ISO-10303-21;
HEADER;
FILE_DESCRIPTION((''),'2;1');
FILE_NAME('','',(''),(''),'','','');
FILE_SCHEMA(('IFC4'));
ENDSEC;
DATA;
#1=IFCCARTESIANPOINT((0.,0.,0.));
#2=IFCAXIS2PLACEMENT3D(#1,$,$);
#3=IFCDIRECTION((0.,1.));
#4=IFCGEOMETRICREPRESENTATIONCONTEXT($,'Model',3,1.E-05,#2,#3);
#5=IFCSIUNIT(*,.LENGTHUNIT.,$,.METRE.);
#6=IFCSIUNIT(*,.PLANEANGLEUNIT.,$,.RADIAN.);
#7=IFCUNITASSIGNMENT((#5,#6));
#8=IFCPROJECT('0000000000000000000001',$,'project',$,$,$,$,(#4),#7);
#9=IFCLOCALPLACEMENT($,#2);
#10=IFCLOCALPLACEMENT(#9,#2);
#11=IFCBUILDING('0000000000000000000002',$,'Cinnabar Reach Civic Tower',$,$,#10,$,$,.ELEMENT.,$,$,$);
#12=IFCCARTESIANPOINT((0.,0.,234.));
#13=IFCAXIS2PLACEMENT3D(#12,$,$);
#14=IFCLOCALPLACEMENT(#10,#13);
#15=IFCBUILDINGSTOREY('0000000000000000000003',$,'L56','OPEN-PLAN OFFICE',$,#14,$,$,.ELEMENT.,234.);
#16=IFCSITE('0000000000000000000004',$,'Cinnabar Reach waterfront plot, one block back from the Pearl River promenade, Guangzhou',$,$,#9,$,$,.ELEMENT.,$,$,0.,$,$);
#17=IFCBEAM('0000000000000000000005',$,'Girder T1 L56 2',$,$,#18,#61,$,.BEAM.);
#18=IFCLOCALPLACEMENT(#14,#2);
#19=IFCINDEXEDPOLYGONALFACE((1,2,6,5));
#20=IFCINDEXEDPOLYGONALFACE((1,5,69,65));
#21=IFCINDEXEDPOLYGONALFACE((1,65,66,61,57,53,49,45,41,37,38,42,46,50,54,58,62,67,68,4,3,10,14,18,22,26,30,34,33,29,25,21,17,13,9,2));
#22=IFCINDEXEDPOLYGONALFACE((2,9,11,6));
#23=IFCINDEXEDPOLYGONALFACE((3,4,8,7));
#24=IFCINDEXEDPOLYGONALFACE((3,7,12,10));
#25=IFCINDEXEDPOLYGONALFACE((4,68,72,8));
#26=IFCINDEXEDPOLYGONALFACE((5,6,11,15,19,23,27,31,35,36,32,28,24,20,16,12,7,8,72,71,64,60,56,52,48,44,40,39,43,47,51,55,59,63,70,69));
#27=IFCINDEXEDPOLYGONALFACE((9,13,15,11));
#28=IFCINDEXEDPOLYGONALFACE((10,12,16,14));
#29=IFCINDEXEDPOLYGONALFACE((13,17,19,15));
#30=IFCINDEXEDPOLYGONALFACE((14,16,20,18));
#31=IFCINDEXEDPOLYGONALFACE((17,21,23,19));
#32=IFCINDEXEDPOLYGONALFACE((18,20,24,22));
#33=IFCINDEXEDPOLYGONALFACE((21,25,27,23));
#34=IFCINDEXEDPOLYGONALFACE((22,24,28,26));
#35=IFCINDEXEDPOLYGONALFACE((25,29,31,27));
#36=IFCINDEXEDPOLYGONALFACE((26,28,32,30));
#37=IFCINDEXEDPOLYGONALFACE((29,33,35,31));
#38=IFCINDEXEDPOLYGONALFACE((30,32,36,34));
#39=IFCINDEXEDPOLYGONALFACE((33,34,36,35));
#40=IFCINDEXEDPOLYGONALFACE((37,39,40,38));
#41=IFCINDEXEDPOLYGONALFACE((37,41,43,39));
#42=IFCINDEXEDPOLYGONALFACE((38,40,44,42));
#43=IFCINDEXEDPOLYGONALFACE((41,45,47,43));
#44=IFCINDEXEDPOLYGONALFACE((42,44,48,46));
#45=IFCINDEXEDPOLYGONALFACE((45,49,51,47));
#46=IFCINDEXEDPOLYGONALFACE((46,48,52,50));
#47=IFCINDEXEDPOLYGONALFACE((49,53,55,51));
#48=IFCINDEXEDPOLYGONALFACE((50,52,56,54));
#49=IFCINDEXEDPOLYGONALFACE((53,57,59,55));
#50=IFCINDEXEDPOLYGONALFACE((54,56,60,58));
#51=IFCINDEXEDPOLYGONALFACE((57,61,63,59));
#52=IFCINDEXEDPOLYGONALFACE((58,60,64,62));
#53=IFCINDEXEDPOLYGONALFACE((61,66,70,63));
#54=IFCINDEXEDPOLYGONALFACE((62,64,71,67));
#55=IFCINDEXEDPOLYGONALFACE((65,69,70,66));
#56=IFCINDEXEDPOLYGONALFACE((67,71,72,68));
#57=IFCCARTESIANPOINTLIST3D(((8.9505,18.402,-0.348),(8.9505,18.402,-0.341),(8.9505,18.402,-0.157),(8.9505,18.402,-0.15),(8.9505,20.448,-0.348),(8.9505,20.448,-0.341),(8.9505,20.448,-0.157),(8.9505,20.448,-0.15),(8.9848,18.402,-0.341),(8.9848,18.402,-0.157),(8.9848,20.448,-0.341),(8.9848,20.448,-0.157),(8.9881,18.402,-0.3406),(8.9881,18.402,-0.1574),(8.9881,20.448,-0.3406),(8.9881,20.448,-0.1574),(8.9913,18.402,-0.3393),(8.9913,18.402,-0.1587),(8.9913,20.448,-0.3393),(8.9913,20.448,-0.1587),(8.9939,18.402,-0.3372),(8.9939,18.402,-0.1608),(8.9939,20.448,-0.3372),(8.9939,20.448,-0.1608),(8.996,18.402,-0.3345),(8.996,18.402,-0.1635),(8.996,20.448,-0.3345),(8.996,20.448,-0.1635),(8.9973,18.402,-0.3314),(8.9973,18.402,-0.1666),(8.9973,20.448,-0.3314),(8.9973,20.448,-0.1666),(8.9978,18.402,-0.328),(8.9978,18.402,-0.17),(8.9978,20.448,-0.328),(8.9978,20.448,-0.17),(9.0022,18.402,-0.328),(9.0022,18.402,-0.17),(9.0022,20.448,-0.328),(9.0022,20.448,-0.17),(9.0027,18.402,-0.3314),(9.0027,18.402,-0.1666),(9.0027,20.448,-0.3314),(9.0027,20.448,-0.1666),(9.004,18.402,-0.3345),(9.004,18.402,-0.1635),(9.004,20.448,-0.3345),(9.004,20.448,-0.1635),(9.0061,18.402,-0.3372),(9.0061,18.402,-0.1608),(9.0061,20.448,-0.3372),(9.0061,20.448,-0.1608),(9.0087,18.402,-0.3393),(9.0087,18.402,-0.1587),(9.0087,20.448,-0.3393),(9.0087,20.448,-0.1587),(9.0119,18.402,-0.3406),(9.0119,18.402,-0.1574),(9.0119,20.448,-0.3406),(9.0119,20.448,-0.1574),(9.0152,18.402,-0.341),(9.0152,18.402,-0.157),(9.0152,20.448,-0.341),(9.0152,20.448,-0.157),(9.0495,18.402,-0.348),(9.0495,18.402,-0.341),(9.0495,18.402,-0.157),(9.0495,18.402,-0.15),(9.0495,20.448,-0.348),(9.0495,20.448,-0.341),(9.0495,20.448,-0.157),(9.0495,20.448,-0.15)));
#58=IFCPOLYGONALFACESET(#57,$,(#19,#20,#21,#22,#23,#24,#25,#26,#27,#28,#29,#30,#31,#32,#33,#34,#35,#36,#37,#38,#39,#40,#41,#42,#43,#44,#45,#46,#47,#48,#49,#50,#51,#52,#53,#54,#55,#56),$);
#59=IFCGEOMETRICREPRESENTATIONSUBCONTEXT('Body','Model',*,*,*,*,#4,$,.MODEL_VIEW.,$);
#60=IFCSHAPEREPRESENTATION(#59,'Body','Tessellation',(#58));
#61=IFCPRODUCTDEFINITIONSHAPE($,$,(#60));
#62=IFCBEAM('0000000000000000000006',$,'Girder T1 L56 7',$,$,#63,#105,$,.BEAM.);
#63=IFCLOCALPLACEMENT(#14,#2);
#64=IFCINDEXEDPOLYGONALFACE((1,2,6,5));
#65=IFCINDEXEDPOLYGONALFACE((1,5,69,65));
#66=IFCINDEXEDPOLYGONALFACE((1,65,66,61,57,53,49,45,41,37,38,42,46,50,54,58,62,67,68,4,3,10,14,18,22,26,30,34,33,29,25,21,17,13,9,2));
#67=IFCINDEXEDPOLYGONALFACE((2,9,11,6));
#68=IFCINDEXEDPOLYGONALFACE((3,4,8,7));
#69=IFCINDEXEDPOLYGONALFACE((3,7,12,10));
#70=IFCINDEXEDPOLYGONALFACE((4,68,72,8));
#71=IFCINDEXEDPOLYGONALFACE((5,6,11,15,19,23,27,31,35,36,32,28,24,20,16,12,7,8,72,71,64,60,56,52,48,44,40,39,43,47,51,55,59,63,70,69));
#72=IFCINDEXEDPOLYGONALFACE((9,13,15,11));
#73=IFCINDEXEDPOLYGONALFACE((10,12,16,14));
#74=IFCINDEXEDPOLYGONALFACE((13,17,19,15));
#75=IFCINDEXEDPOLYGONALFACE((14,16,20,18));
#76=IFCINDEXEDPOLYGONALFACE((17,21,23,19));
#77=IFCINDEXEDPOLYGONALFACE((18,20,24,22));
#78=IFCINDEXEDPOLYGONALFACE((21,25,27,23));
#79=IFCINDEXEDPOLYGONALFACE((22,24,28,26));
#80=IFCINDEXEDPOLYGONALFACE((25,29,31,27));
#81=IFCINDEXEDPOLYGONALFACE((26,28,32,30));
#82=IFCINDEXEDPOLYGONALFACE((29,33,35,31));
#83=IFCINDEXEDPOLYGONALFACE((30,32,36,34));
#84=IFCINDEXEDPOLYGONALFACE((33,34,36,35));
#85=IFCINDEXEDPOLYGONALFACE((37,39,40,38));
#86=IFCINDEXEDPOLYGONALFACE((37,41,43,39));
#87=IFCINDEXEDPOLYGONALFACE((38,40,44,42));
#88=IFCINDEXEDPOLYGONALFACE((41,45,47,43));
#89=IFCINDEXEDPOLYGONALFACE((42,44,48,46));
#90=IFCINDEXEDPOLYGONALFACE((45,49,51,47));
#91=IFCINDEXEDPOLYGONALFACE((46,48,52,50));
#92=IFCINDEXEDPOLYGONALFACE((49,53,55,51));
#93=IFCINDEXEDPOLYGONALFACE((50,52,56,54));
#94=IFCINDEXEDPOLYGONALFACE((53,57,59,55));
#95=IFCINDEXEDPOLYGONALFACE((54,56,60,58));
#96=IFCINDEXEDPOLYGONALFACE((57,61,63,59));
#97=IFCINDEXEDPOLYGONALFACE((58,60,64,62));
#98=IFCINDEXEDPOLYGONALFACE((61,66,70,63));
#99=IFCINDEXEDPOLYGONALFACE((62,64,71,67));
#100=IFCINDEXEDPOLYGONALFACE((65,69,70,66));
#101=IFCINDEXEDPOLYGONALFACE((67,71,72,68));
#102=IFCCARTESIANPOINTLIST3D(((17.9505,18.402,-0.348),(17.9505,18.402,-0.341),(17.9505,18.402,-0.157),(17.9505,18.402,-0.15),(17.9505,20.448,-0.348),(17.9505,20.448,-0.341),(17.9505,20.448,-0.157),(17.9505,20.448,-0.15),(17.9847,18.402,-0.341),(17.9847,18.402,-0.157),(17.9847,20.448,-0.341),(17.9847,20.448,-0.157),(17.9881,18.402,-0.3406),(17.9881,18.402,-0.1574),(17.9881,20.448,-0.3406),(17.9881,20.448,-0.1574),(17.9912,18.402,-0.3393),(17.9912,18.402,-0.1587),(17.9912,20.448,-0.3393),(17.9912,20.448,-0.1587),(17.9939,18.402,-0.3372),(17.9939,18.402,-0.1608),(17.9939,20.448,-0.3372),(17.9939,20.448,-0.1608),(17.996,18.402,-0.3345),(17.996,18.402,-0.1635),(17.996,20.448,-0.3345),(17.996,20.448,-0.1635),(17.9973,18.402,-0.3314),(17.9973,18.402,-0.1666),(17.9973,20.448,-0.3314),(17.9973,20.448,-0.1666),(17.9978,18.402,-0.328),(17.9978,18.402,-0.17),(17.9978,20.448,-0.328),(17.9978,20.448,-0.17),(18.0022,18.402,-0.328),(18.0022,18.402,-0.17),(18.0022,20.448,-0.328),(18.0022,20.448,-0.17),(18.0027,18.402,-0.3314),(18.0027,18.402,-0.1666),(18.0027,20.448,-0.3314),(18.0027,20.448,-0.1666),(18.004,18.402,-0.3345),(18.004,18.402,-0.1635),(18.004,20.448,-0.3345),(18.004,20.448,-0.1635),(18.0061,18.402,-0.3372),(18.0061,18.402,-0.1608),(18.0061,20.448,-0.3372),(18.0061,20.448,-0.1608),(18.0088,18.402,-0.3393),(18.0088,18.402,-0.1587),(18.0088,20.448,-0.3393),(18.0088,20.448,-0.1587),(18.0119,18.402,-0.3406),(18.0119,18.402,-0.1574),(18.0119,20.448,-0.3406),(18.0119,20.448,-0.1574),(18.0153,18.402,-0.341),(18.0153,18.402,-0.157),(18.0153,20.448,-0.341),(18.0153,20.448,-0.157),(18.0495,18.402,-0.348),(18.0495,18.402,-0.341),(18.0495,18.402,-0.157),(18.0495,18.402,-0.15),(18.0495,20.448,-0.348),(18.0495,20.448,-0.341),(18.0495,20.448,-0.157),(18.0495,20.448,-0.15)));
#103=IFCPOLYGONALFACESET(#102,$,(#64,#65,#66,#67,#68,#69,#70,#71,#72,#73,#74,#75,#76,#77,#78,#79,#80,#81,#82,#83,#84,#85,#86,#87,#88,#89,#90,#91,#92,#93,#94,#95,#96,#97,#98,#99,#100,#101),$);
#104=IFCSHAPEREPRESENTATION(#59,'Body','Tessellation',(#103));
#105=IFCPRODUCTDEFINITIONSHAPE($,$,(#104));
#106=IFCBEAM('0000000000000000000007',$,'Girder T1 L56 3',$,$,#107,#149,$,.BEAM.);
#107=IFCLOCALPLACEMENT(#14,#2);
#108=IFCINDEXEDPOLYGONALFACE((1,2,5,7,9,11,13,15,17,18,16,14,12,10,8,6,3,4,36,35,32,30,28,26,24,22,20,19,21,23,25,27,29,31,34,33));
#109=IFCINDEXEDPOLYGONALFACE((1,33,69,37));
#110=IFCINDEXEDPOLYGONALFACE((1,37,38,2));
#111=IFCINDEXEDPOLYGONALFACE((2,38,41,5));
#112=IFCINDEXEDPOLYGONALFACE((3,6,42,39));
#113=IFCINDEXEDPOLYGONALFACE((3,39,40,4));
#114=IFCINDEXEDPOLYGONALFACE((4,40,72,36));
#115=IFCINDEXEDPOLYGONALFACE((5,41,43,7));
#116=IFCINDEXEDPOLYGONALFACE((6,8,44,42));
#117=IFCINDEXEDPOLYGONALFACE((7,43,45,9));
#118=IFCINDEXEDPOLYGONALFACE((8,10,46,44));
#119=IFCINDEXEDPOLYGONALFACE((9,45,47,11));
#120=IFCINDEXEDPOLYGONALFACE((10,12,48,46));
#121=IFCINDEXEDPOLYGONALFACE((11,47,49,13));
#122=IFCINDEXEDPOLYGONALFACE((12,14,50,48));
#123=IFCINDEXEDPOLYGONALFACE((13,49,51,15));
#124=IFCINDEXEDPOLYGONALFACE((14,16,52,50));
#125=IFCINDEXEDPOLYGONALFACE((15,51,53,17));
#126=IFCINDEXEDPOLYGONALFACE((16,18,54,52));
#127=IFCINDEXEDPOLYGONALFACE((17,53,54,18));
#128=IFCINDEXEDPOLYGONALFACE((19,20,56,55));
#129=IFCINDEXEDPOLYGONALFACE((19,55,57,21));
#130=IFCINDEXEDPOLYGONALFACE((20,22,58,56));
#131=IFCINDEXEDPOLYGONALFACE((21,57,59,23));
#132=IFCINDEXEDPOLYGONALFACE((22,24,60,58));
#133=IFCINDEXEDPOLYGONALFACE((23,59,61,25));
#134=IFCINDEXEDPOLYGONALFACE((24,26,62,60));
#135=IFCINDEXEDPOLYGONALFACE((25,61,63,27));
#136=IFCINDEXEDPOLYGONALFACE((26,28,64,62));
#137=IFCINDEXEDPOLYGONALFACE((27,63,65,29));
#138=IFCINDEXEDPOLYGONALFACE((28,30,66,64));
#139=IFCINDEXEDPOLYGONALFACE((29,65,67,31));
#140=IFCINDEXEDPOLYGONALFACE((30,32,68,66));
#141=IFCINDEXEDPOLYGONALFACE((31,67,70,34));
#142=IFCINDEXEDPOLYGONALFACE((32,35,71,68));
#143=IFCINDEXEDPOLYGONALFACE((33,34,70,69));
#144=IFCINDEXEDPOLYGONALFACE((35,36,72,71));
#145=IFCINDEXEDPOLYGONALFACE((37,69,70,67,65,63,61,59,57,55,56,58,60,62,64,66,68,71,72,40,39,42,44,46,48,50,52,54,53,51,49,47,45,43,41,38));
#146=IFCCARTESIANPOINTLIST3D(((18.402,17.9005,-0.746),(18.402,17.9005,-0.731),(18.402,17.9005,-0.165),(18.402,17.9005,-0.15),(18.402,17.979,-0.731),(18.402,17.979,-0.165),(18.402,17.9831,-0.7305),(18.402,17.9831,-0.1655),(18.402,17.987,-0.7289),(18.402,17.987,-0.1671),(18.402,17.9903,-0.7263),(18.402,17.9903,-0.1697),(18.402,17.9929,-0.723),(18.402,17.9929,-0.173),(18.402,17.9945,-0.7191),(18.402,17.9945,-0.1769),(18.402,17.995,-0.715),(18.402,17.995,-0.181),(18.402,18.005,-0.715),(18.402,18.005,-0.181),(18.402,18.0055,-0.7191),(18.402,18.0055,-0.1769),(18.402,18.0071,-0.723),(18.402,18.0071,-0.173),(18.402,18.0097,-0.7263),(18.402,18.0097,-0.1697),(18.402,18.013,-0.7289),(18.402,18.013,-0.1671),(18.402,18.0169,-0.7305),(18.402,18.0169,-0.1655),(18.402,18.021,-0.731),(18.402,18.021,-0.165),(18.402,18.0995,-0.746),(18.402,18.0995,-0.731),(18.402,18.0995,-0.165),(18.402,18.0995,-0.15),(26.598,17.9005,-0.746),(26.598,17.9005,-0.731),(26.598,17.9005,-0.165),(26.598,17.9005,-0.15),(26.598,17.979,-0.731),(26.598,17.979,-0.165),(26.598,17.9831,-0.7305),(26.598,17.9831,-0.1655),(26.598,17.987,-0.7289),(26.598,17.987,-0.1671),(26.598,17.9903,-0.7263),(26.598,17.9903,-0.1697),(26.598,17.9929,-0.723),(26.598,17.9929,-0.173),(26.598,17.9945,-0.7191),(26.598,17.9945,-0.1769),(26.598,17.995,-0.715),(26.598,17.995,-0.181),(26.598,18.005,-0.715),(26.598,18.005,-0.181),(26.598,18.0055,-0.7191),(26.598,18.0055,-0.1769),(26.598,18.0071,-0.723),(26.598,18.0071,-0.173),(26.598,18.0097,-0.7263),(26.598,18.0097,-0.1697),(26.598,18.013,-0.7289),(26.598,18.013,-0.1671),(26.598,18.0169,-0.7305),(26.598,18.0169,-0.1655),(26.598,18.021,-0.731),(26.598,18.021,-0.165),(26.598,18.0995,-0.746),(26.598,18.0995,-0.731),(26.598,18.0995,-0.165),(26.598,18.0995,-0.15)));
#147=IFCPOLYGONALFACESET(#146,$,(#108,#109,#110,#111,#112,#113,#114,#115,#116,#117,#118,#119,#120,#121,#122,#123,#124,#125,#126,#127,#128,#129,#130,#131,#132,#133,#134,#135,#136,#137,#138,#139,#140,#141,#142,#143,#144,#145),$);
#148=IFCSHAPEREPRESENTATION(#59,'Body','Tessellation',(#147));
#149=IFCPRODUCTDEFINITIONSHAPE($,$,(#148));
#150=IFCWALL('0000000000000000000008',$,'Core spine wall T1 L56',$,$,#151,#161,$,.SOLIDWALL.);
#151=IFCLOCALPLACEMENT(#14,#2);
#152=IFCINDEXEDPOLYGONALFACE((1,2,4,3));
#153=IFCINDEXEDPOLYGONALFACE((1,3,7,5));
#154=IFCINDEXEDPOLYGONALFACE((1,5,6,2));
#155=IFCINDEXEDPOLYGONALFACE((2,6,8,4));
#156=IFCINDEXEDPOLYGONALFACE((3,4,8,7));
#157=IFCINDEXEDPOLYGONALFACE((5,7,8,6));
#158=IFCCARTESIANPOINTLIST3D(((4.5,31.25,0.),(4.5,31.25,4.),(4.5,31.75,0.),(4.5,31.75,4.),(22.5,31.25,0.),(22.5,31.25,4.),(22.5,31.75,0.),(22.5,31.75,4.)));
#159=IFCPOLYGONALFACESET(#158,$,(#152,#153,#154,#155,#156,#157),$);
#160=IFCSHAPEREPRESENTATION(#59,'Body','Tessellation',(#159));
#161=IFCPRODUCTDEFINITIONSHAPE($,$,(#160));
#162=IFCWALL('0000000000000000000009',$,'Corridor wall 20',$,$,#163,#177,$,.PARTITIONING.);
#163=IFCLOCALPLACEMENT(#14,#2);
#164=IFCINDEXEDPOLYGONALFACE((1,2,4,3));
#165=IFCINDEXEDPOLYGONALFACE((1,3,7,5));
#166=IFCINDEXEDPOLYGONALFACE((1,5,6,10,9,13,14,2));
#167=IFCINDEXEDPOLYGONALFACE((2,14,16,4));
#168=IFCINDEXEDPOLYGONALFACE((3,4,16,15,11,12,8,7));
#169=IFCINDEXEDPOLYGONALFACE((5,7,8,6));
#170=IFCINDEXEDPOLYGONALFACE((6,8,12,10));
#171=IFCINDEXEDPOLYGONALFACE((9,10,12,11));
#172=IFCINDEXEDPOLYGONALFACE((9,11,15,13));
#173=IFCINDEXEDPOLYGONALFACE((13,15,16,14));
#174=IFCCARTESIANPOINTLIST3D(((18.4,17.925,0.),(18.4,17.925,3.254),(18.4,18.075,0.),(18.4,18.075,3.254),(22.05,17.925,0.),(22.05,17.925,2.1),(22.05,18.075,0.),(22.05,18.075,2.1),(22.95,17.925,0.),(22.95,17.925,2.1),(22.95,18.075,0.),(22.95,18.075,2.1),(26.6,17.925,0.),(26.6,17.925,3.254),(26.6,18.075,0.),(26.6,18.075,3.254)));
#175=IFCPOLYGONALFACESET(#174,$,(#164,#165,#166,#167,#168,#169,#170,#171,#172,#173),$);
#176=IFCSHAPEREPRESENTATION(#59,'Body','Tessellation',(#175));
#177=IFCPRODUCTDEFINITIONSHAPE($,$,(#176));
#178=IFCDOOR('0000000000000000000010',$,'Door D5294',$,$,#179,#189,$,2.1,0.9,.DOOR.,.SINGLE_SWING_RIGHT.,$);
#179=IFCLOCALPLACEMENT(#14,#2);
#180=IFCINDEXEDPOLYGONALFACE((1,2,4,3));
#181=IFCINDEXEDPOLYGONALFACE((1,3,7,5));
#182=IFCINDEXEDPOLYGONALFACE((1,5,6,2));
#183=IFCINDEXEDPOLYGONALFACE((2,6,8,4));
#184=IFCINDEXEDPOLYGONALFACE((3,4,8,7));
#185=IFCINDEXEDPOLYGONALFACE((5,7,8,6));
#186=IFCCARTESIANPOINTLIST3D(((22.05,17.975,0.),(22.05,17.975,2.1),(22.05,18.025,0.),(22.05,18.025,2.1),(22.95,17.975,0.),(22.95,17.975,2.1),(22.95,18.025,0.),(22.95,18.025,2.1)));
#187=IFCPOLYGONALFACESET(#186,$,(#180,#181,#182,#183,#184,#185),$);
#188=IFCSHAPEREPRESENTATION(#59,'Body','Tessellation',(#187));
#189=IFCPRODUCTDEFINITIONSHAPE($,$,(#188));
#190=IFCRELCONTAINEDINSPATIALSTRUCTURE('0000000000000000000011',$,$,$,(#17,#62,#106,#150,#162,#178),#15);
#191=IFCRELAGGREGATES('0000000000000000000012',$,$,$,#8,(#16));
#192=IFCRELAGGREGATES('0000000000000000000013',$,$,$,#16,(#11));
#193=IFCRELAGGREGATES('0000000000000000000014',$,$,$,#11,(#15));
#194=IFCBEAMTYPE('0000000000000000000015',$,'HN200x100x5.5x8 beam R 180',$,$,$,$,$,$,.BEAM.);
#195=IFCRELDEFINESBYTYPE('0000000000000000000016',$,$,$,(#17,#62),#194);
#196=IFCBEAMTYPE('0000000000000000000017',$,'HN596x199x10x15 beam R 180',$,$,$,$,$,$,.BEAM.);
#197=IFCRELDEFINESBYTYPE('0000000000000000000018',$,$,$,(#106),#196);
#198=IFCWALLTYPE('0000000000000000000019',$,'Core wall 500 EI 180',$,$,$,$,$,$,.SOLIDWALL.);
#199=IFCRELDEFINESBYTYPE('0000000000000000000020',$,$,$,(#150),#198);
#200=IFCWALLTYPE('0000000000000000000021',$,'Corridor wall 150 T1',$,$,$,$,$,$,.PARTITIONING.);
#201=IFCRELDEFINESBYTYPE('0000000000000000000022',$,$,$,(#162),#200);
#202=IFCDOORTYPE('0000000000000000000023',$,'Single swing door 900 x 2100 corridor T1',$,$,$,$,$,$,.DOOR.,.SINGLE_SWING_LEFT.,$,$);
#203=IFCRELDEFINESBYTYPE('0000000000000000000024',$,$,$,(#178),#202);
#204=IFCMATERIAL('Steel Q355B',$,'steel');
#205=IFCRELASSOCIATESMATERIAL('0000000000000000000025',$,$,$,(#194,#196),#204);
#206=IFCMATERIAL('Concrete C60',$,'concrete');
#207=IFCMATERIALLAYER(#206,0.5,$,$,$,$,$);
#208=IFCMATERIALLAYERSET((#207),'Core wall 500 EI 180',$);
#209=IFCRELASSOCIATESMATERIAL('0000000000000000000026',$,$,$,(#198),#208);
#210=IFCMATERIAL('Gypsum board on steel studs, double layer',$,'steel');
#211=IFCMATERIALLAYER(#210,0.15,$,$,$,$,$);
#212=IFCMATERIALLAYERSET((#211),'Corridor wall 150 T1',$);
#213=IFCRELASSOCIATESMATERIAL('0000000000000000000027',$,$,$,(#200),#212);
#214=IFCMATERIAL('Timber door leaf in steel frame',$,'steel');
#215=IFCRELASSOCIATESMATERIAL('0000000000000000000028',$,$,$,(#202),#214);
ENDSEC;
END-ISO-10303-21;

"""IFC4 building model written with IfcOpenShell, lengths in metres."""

from ifc_helpers import new_model, si_unit, direction, frame, frame_2d, origin, origin_2d, place, context, subcontext, project, spatial, rectangle, i_section, extrude, material, layer, layer_set, material_profile, profile_set, type_object, element, fill, save


model = new_model("IFC4")

# Units and contexts
model_context = context("Model", 3, precision=1e-05, world=origin(), true_north=direction((0.0, 1.0)))
body_context = subcontext(model_context, "Body", "Model", "MODEL_VIEW")
ifc_project = project(units=[si_unit("LENGTHUNIT", "METRE"), si_unit("PLANEANGLEUNIT", "RADIAN")], contexts=[model_context])

# Site, building, storey
site_placement = place(None, origin())
site = spatial("IfcSite", under=ifc_project, at=site_placement, Name="Cinnabar Reach waterfront plot, one block back from the Pearl River promenade, Guangzhou", CompositionType="ELEMENT", RefElevation=0.0)
building_placement = place(site_placement, origin())
building = spatial("IfcBuilding", under=site, at=building_placement, Name="Cinnabar Reach Civic Tower", CompositionType="ELEMENT")
storey_placement = place(building_placement, frame((0.0, 0.0, 234.0)))
storey = spatial("IfcBuildingStorey", under=building, at=storey_placement, Name="L56", Description="OPEN-PLAN OFFICE", CompositionType="ELEMENT", Elevation=234.0)

# Beams
ifc_material_1 = material(Name="Steel Q355B", Category="steel")
ifc_material_profile_1 = material_profile(ifc_material_1, i_section(OverallWidth=0.099, OverallDepth=0.198, WebThickness=0.0045, FlangeThickness=0.007, FilletRadius=0.013, at=origin_2d()), Name="HN200x100x5.5x8")
ifc_profile_set_1 = profile_set([ifc_material_profile_1], Name="Steel Q355B")
beam_type_1 = type_object("IfcBeamType", Name="HN200x100x5.5x8 beam R 180", PredefinedType="BEAM", material=ifc_profile_set_1)
for number, where, z_axis, x_axis, name in (
    (1, (9.0, 18.402, -0.249), (0.0, 1.0, 0.0), (-1.0, 0.0, 0.0), "Girder T1 L56 2"),
    (2, (18.0, 18.402, -0.249), (0.0, 1.0, 0.0), (-1.0, 0.0, 0.0), "Girder T1 L56 7"),
):
    element("IfcBeam", number, at=place(storey_placement, frame(where, z_axis=z_axis, x_axis=x_axis)), inside=storey, type_object=beam_type_1, Name=name, PredefinedType="BEAM", context=body_context, shape_type="SweptSolid", body=[
        extrude(i_section(OverallWidth=0.099, OverallDepth=0.198, WebThickness=0.0045, FlangeThickness=0.007, FilletRadius=0.013, at=origin_2d()), origin(), (0.0, 0.0, 1.0), 2.046),
    ])
ifc_material_profile_2 = material_profile(ifc_material_1, i_section(OverallWidth=0.199, OverallDepth=0.596, WebThickness=0.01, FlangeThickness=0.015, FilletRadius=0.016, at=origin_2d()), Name="HN596x199x10x15")
ifc_profile_set_2 = profile_set([ifc_material_profile_2], Name="Steel Q355B")
beam_type_2 = type_object("IfcBeamType", Name="HN596x199x10x15 beam R 180", PredefinedType="BEAM", material=ifc_profile_set_2)
beam_placement = place(storey_placement, frame((18.402, 18.0, -0.448), z_axis=(1.0, 0.0, 0.0), x_axis=(0.0, 1.0, 0.0)))
element("IfcBeam", 3, at=beam_placement, inside=storey, type_object=beam_type_2, Name="Girder T1 L56 3", PredefinedType="BEAM", context=body_context, shape_type="SweptSolid", body=[
    extrude(i_section(OverallWidth=0.199, OverallDepth=0.596, WebThickness=0.01, FlangeThickness=0.015, FilletRadius=0.016, at=origin_2d()), origin(), (0.0, 0.0, 1.0), 8.196),
])

# Wall
ifc_material_2 = material(Name="Concrete C60", Category="concrete")
ifc_layer_1 = layer(ifc_material_2, 0.5)
ifc_layer_set_1 = layer_set([ifc_layer_1], Name="Core wall 500 EI 180")
wall_type_1 = type_object("IfcWallType", Name="Core wall 500 EI 180", PredefinedType="SOLIDWALL", material=ifc_layer_set_1)
wall_1_placement = place(storey_placement, frame((4.5, 31.5, 0.0), z_axis=(0.0, 0.0, 1.0), x_axis=(1.0, 0.0, 0.0)))
element("IfcWall", 4, at=wall_1_placement, inside=storey, type_object=wall_type_1, Name="Core spine wall T1 L56", PredefinedType="SOLIDWALL", context=body_context, shape_type="SweptSolid", body=[
    extrude(rectangle(XDim=18.0, YDim=0.5, at=frame_2d((9.0, 0.0))), origin(), (0.0, 0.0, 1.0), 4.0),
])

# Wall, opening, door
ifc_material_3 = material(Name="Gypsum board on steel studs, double layer", Category="steel")
ifc_layer_2 = layer(ifc_material_3, 0.15)
ifc_layer_set_2 = layer_set([ifc_layer_2], Name="Corridor wall 150 T1")
wall_type_2 = type_object("IfcWallType", Name="Corridor wall 150 T1", PredefinedType="PARTITIONING", material=ifc_layer_set_2)
wall_2_placement = place(storey_placement, frame((18.4, 18.0, 0.0), z_axis=(0.0, 0.0, 1.0), x_axis=(1.0, 0.0, 0.0)))
wall_2 = element("IfcWall", 5, at=wall_2_placement, inside=storey, type_object=wall_type_2, Name="Corridor wall 20", PredefinedType="PARTITIONING", context=body_context, shape_type="SweptSolid", body=[
    extrude(rectangle(XDim=8.2, YDim=0.15, at=frame_2d((4.1, 0.0))), origin(), (0.0, 0.0, 1.0), 3.254),
])
opening_placement = place(wall_2_placement, frame((3.65, 0.0, 0.0)))
opening = element("IfcOpeningElement", 6, at=opening_placement, cuts=wall_2, PredefinedType="OPENING", context=body_context, shape_type="SweptSolid", body=[
    extrude(rectangle(XDim=0.9, YDim=2.1, at=frame_2d((0.45, 1.05))), frame((0.0, 0.085, 0.0), z_axis=(0.0, -1.0, 0.0), x_axis=(1.0, 0.0, 0.0)), (0.0, 0.0, 1.0), 0.17),
])
ifc_material_4 = material(Name="Timber door leaf in steel frame", Category="steel")
door_type = type_object("IfcDoorType", Name="Single swing door 900 x 2100 corridor T1", OperationType="SINGLE_SWING_LEFT", PredefinedType="DOOR", material=ifc_material_4)
door_placement = place(opening_placement, frame((0.9, 0.0, 0.0), z_axis=(0.0, 0.0, 1.0), x_axis=(-1.0, 0.0, 0.0)))
door = element("IfcDoor", 7, at=door_placement, inside=storey, type_object=door_type, Name="Door D5294", OperationType="SINGLE_SWING_RIGHT", OverallHeight=2.1, OverallWidth=0.9, PredefinedType="DOOR", context=body_context, shape_type="SweptSolid", body=[
    extrude(rectangle(XDim=0.9, YDim=2.1, at=frame_2d((0.45, 1.05))), frame((0.0, 0.025, 0.0), z_axis=(0.0, -1.0, 0.0), x_axis=(1.0, 0.0, 0.0)), (0.0, 0.0, 1.0), 0.05),
])
fill(opening, door)

save(model, "model.ifc")
